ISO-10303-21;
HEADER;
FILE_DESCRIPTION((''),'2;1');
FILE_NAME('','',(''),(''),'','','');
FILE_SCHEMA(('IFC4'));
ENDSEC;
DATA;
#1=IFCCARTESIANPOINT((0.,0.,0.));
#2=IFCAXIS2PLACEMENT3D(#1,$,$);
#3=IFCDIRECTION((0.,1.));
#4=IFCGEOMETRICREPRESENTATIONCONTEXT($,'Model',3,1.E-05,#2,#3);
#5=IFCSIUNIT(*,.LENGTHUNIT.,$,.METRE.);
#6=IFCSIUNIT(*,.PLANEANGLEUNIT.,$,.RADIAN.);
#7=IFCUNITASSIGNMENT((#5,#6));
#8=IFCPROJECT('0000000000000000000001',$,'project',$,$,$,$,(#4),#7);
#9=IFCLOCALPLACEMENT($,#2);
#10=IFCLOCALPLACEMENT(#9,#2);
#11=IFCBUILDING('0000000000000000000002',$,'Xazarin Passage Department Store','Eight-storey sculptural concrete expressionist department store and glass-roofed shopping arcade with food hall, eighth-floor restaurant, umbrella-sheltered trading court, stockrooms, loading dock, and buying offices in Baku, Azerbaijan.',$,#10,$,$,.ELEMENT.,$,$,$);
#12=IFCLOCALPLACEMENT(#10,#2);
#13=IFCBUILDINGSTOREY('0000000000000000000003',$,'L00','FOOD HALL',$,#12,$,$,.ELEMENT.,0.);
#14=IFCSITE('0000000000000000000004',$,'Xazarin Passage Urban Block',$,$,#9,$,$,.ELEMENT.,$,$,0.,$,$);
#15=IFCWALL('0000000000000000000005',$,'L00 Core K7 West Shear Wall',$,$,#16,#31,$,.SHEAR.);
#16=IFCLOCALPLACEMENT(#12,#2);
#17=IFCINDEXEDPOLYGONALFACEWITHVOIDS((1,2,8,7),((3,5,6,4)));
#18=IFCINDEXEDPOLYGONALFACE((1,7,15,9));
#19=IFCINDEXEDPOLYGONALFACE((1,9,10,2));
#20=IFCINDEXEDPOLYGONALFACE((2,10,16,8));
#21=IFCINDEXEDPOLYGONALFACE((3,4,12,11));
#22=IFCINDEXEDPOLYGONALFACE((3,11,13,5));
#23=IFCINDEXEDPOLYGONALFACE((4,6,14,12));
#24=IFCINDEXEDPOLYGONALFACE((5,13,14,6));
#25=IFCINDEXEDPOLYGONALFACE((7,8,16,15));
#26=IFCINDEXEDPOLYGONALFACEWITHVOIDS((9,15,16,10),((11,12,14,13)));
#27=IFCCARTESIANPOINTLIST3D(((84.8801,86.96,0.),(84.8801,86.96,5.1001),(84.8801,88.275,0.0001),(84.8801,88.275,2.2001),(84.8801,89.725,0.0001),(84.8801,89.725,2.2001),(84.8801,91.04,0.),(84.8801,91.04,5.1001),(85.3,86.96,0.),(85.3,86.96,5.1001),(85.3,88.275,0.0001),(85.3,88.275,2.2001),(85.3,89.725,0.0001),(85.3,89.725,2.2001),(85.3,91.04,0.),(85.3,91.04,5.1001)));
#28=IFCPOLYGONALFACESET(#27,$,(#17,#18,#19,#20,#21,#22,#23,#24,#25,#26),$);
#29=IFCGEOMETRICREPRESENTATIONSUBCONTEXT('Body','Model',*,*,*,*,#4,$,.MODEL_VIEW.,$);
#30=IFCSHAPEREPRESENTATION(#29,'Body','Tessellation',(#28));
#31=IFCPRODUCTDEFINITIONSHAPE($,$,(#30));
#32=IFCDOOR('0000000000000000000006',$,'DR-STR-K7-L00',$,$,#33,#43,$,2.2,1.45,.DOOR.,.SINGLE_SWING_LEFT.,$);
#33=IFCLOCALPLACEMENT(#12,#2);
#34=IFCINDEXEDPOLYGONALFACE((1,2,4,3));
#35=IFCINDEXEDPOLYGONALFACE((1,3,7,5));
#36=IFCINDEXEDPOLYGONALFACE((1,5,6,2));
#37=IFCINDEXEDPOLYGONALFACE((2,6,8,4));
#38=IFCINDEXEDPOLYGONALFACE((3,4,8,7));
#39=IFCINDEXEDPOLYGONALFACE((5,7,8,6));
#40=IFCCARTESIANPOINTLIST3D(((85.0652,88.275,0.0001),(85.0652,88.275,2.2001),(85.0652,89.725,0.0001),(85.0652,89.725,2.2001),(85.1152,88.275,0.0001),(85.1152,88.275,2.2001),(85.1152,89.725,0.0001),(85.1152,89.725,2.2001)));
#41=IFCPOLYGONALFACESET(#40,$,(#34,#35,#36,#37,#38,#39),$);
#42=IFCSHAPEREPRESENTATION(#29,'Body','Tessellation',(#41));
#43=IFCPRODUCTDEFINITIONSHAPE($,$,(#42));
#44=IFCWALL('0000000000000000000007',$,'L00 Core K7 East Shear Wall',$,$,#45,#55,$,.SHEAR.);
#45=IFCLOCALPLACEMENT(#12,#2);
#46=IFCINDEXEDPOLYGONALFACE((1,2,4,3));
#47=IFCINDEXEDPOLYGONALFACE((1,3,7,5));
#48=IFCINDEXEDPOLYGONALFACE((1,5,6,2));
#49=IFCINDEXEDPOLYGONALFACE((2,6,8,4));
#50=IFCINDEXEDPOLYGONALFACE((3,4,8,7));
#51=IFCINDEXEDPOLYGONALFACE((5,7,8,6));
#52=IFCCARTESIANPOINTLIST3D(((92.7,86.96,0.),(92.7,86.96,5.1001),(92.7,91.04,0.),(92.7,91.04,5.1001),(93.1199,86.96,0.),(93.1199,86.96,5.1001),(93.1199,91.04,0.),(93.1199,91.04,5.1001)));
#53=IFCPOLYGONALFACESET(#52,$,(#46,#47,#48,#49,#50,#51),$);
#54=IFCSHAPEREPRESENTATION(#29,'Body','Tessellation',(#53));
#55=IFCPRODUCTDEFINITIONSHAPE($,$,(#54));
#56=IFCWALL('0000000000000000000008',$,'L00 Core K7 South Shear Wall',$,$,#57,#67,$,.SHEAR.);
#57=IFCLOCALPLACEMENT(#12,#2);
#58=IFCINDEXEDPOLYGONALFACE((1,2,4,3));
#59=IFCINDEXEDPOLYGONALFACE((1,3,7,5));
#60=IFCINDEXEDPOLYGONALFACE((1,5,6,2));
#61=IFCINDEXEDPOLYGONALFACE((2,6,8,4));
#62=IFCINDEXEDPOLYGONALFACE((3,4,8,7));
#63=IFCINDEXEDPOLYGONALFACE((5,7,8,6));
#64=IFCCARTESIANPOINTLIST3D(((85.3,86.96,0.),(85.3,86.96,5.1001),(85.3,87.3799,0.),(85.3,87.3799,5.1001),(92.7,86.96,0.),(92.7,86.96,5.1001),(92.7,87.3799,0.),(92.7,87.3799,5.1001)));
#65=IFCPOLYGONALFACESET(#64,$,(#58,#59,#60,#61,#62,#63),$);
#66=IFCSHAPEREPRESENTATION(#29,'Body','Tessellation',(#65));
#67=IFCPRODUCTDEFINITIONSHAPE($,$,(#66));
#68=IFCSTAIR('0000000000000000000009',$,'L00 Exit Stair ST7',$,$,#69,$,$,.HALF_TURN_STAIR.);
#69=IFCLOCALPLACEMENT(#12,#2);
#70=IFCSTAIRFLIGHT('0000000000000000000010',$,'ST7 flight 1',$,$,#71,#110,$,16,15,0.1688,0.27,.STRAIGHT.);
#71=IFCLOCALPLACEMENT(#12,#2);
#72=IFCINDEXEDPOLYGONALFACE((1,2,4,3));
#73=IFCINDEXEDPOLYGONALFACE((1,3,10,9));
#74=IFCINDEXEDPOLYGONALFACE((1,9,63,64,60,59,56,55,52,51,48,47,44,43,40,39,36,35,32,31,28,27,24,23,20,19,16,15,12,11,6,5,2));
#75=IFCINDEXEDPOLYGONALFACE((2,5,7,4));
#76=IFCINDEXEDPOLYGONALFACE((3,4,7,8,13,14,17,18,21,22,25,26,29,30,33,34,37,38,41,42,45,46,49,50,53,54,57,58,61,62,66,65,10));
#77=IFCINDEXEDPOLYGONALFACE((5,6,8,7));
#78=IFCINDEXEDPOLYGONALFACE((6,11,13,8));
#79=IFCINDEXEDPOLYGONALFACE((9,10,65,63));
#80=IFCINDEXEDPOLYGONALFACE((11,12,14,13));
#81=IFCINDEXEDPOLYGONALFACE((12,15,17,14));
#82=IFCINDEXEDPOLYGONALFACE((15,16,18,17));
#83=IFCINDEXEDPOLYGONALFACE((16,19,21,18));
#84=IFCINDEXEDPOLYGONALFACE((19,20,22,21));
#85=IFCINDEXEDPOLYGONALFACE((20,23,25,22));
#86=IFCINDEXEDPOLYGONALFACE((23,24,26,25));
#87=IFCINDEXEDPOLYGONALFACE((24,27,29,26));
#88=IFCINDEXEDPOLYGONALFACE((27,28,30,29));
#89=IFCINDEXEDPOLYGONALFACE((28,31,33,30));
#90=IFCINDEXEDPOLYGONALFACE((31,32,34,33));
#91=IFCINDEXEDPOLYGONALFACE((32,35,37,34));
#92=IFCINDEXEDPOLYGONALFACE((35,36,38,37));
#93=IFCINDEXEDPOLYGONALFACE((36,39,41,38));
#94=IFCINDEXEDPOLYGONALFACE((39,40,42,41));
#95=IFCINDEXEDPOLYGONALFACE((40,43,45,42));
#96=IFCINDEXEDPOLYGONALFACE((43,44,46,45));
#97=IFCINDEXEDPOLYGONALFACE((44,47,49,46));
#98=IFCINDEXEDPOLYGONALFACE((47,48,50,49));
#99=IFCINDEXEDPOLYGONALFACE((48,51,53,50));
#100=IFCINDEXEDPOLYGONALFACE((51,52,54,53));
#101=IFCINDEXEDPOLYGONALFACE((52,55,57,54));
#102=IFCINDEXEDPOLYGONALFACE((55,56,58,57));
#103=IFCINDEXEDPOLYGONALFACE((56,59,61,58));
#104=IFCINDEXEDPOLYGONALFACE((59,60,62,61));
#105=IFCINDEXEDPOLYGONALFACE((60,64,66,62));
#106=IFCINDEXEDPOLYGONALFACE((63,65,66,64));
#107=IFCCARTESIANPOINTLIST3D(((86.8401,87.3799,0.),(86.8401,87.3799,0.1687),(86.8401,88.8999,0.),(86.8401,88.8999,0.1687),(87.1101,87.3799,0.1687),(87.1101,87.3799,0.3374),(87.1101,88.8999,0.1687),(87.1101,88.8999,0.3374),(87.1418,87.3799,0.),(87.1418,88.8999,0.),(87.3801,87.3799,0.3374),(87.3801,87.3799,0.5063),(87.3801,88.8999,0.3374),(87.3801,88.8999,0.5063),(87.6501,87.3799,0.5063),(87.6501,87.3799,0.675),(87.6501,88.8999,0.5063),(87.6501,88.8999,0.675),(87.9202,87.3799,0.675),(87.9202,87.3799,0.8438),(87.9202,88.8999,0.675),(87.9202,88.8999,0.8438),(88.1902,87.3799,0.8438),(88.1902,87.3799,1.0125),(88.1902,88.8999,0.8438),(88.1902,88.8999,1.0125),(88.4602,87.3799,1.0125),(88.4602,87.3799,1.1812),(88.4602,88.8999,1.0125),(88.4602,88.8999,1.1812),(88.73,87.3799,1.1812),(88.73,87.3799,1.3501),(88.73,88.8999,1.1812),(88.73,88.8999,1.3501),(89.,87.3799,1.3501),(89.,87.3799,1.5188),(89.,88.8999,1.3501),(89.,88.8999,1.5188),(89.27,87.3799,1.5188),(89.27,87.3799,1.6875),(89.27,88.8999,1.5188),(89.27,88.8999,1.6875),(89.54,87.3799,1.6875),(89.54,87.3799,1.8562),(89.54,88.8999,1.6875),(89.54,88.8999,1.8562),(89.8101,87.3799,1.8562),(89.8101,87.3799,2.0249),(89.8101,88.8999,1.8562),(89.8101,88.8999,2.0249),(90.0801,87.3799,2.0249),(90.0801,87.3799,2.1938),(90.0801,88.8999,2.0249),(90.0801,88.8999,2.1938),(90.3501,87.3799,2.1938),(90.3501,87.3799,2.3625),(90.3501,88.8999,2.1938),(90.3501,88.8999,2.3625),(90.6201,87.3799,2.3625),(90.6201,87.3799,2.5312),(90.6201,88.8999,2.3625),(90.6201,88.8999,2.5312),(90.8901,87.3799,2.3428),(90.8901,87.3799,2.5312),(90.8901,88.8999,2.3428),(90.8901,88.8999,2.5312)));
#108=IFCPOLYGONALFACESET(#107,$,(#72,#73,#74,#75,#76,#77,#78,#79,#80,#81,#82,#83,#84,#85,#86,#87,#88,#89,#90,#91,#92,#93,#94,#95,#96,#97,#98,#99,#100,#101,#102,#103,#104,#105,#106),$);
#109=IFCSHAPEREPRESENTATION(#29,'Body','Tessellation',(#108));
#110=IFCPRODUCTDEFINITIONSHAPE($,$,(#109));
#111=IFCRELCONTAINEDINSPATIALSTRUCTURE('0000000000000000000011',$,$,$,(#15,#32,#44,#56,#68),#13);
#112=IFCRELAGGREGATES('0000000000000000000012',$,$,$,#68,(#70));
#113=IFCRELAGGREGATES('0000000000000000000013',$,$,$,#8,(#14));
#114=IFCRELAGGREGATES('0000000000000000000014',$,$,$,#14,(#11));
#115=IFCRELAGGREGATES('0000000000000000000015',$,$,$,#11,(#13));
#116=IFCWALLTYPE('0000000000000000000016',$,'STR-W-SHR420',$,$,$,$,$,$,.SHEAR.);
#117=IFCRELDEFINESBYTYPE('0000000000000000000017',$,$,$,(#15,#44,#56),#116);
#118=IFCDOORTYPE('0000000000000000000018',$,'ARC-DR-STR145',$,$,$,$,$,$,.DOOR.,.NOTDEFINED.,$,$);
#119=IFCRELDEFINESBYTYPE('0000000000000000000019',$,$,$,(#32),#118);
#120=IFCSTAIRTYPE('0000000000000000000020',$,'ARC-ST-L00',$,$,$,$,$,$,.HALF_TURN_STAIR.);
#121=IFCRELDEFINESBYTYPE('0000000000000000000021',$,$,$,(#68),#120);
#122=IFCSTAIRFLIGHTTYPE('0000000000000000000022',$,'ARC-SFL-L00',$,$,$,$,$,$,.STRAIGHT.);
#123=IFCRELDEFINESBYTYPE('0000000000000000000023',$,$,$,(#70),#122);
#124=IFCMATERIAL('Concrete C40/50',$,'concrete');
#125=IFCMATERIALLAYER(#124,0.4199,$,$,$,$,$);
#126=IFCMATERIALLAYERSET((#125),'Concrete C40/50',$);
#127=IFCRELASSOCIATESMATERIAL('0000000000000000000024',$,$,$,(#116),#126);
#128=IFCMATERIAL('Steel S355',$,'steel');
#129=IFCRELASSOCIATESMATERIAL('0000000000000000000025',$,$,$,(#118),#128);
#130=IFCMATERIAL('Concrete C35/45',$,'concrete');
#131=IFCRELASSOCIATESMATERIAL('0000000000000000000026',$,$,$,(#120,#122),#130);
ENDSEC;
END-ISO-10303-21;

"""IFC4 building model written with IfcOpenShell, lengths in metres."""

from ifc_helpers import new_model, si_unit, direction, frame, frame_2d, origin, place, context, subcontext, project, spatial, polyline, rectangle, outline, extrude, material, layer, layer_set, type_object, element, fill, aggregate, save


model = new_model("IFC4")

# Units and contexts
model_context = context("Model", 3, precision=1e-05, world=origin(), true_north=direction((0.0, 1.0)))
body_context = subcontext(model_context, "Body", "Model", "MODEL_VIEW")
ifc_project = project(units=[si_unit("LENGTHUNIT", "METRE"), si_unit("PLANEANGLEUNIT", "RADIAN")], contexts=[model_context])

# Site, building, storey
site_placement = place(None, origin())
site = spatial("IfcSite", under=ifc_project, at=site_placement, Name="Xazarin Passage Urban Block", CompositionType="ELEMENT", RefElevation=0.0)
building_placement = place(site_placement, origin())
building = spatial("IfcBuilding", under=site, at=building_placement, Name="Xazarin Passage Department Store", Description="Eight-storey sculptural concrete expressionist department store and glass-roofed shopping arcade with food hall, eighth-floor restaurant, umbrella-sheltered trading court, stockrooms, loading dock, and buying offices in Baku, Azerbaijan.", CompositionType="ELEMENT")
storey_placement = place(building_placement, origin())
storey = spatial("IfcBuildingStorey", under=building, at=storey_placement, Name="L00", Description="FOOD HALL", CompositionType="ELEMENT", Elevation=0.0)

# Shared definitions
ifc_material_1 = material(Name="Concrete C35/45", Category="concrete")

# Shared definitions
ifc_material_2 = material(Name="Concrete C40/50", Category="concrete")

# Wall, opening, door
ifc_layer = layer(ifc_material_2, 0.4199)
ifc_layer_set = layer_set([ifc_layer], Name="Concrete C40/50")
wall_type = type_object("IfcWallType", Name="STR-W-SHR420", PredefinedType="SHEAR", material=ifc_layer_set)
wall_1_placement = place(storey_placement, frame((85.0901, 86.96, 0.0), z_axis=(0.0, 0.0, 1.0), x_axis=(0.0, 1.0, 0.0)))
wall_1 = element("IfcWall", 1, at=wall_1_placement, inside=storey, type_object=wall_type, Name="L00 Core K7 West Shear Wall", PredefinedType="SHEAR", context=body_context, shape_type="SweptSolid", body=[
    extrude(rectangle(XDim=4.0801, YDim=0.4199, at=frame_2d((2.04, 0.0))), origin(), (0.0, 0.0, 1.0), 5.1001),
])
opening_placement = place(wall_1_placement, frame((1.3149, 0.0, 0.0)))
opening = element("IfcOpeningElement", 2, at=opening_placement, cuts=wall_1, PredefinedType="OPENING", context=body_context, shape_type="SweptSolid", body=[
    extrude(rectangle(XDim=1.45, YDim=2.2, at=frame_2d((0.7251, 1.1001))), frame((0.0, 0.22, 0.0), z_axis=(0.0, -1.0, 0.0), x_axis=(1.0, 0.0, 0.0)), (0.0, 0.0, 1.0), 0.4399),
])
ifc_material_3 = material(Name="Steel S355", Category="steel")
door_type = type_object("IfcDoorType", Name="ARC-DR-STR145", OperationType="NOTDEFINED", PredefinedType="DOOR", material=ifc_material_3)
door_placement = place(opening_placement, origin())
door = element("IfcDoor", 3, at=door_placement, inside=storey, type_object=door_type, Name="DR-STR-K7-L00", OperationType="SINGLE_SWING_LEFT", OverallHeight=2.2, OverallWidth=1.45, PredefinedType="DOOR", context=body_context, shape_type="SweptSolid", body=[
    extrude(rectangle(XDim=1.45, YDim=2.2, at=frame_2d((0.7251, 1.1001))), frame((0.0, 0.0249, 0.0), z_axis=(0.0, -1.0, 0.0), x_axis=(1.0, 0.0, 0.0)), (0.0, 0.0, 1.0), 0.05),
])
fill(opening, door)

# Walls
wall_2_placement = place(storey_placement, frame((92.9099, 86.96, 0.0), z_axis=(0.0, 0.0, 1.0), x_axis=(0.0, 1.0, 0.0)))
element("IfcWall", 4, at=wall_2_placement, inside=storey, type_object=wall_type, Name="L00 Core K7 East Shear Wall", PredefinedType="SHEAR", context=body_context, shape_type="SweptSolid", body=[
    extrude(rectangle(XDim=4.0801, YDim=0.4199, at=frame_2d((2.04, 0.0))), origin(), (0.0, 0.0, 1.0), 5.1001),
])
wall_3_placement = place(storey_placement, frame((85.3, 87.1699, 0.0), z_axis=(0.0, 0.0, 1.0), x_axis=(1.0, 0.0, 0.0)))
element("IfcWall", 5, at=wall_3_placement, inside=storey, type_object=wall_type, Name="L00 Core K7 South Shear Wall", PredefinedType="SHEAR", context=body_context, shape_type="SweptSolid", body=[
    extrude(rectangle(XDim=7.3999, YDim=0.4199, at=frame_2d((3.7, 0.0))), origin(), (0.0, 0.0, 1.0), 5.1001),
])

# Stair, stair flight
stair_type = type_object("IfcStairType", Name="ARC-ST-L00", PredefinedType="HALF_TURN_STAIR", material=ifc_material_1)
stair_placement = place(storey_placement, origin())
stair = element("IfcStair", 6, at=stair_placement, inside=storey, type_object=stair_type, Name="L00 Exit Stair ST7", PredefinedType="HALF_TURN_STAIR")
stair_flight_type = type_object("IfcStairFlightType", Name="ARC-SFL-L00", PredefinedType="STRAIGHT", material=ifc_material_1)
stair_flight_placement = place(storey_placement, frame((86.8401, 88.1399, 0.0), z_axis=(0.0, 0.0, 1.0), x_axis=(1.0, 0.0, 0.0)))
stair_flight = element("IfcStairFlight", 7, at=stair_flight_placement, type_object=stair_flight_type, Name="ST7 flight 1", NumberOfRisers=16, NumberOfTreads=15, PredefinedType="STRAIGHT", RiserHeight=0.1688, TreadLength=0.27, context=body_context, shape_type="SweptSolid", body=[
    extrude(outline(polyline([(0.0, 0.0), (0.0, 0.1687), (0.27, 0.1687), (0.27, 0.3374), (0.54, 0.3374), (0.54, 0.5063), (0.8101, 0.5063), (0.8101, 0.675), (1.0801, 0.675), (1.0801, 0.8438), (1.3501, 0.8438), (1.3501, 1.0125), (1.6201, 1.0125), (1.6201, 1.1812), (1.8899, 1.1812), (1.8899, 1.3501), (2.1599, 1.3501), (2.1599, 1.5188), (2.4299, 1.5188), (2.4299, 1.6875), (2.7, 1.6875), (2.7, 1.8562), (2.97, 1.8562), (2.97, 2.0249), (3.24, 2.0249), (3.24, 2.1938), (3.51, 2.1938), (3.51, 2.3625), (3.78, 2.3625), (3.78, 2.5312), (4.05, 2.5312), (4.05, 2.7), (4.05, 2.3428), (0.3018, 0.0), (0.0, 0.0)])), frame((0.0, 0.76, 0.0), z_axis=(0.0, -1.0, 0.0), x_axis=(1.0, 0.0, 0.0)), (0.0, 0.0, 1.0), 1.52),
])
aggregate(stair, [stair_flight])

save(model, "model.ifc")
